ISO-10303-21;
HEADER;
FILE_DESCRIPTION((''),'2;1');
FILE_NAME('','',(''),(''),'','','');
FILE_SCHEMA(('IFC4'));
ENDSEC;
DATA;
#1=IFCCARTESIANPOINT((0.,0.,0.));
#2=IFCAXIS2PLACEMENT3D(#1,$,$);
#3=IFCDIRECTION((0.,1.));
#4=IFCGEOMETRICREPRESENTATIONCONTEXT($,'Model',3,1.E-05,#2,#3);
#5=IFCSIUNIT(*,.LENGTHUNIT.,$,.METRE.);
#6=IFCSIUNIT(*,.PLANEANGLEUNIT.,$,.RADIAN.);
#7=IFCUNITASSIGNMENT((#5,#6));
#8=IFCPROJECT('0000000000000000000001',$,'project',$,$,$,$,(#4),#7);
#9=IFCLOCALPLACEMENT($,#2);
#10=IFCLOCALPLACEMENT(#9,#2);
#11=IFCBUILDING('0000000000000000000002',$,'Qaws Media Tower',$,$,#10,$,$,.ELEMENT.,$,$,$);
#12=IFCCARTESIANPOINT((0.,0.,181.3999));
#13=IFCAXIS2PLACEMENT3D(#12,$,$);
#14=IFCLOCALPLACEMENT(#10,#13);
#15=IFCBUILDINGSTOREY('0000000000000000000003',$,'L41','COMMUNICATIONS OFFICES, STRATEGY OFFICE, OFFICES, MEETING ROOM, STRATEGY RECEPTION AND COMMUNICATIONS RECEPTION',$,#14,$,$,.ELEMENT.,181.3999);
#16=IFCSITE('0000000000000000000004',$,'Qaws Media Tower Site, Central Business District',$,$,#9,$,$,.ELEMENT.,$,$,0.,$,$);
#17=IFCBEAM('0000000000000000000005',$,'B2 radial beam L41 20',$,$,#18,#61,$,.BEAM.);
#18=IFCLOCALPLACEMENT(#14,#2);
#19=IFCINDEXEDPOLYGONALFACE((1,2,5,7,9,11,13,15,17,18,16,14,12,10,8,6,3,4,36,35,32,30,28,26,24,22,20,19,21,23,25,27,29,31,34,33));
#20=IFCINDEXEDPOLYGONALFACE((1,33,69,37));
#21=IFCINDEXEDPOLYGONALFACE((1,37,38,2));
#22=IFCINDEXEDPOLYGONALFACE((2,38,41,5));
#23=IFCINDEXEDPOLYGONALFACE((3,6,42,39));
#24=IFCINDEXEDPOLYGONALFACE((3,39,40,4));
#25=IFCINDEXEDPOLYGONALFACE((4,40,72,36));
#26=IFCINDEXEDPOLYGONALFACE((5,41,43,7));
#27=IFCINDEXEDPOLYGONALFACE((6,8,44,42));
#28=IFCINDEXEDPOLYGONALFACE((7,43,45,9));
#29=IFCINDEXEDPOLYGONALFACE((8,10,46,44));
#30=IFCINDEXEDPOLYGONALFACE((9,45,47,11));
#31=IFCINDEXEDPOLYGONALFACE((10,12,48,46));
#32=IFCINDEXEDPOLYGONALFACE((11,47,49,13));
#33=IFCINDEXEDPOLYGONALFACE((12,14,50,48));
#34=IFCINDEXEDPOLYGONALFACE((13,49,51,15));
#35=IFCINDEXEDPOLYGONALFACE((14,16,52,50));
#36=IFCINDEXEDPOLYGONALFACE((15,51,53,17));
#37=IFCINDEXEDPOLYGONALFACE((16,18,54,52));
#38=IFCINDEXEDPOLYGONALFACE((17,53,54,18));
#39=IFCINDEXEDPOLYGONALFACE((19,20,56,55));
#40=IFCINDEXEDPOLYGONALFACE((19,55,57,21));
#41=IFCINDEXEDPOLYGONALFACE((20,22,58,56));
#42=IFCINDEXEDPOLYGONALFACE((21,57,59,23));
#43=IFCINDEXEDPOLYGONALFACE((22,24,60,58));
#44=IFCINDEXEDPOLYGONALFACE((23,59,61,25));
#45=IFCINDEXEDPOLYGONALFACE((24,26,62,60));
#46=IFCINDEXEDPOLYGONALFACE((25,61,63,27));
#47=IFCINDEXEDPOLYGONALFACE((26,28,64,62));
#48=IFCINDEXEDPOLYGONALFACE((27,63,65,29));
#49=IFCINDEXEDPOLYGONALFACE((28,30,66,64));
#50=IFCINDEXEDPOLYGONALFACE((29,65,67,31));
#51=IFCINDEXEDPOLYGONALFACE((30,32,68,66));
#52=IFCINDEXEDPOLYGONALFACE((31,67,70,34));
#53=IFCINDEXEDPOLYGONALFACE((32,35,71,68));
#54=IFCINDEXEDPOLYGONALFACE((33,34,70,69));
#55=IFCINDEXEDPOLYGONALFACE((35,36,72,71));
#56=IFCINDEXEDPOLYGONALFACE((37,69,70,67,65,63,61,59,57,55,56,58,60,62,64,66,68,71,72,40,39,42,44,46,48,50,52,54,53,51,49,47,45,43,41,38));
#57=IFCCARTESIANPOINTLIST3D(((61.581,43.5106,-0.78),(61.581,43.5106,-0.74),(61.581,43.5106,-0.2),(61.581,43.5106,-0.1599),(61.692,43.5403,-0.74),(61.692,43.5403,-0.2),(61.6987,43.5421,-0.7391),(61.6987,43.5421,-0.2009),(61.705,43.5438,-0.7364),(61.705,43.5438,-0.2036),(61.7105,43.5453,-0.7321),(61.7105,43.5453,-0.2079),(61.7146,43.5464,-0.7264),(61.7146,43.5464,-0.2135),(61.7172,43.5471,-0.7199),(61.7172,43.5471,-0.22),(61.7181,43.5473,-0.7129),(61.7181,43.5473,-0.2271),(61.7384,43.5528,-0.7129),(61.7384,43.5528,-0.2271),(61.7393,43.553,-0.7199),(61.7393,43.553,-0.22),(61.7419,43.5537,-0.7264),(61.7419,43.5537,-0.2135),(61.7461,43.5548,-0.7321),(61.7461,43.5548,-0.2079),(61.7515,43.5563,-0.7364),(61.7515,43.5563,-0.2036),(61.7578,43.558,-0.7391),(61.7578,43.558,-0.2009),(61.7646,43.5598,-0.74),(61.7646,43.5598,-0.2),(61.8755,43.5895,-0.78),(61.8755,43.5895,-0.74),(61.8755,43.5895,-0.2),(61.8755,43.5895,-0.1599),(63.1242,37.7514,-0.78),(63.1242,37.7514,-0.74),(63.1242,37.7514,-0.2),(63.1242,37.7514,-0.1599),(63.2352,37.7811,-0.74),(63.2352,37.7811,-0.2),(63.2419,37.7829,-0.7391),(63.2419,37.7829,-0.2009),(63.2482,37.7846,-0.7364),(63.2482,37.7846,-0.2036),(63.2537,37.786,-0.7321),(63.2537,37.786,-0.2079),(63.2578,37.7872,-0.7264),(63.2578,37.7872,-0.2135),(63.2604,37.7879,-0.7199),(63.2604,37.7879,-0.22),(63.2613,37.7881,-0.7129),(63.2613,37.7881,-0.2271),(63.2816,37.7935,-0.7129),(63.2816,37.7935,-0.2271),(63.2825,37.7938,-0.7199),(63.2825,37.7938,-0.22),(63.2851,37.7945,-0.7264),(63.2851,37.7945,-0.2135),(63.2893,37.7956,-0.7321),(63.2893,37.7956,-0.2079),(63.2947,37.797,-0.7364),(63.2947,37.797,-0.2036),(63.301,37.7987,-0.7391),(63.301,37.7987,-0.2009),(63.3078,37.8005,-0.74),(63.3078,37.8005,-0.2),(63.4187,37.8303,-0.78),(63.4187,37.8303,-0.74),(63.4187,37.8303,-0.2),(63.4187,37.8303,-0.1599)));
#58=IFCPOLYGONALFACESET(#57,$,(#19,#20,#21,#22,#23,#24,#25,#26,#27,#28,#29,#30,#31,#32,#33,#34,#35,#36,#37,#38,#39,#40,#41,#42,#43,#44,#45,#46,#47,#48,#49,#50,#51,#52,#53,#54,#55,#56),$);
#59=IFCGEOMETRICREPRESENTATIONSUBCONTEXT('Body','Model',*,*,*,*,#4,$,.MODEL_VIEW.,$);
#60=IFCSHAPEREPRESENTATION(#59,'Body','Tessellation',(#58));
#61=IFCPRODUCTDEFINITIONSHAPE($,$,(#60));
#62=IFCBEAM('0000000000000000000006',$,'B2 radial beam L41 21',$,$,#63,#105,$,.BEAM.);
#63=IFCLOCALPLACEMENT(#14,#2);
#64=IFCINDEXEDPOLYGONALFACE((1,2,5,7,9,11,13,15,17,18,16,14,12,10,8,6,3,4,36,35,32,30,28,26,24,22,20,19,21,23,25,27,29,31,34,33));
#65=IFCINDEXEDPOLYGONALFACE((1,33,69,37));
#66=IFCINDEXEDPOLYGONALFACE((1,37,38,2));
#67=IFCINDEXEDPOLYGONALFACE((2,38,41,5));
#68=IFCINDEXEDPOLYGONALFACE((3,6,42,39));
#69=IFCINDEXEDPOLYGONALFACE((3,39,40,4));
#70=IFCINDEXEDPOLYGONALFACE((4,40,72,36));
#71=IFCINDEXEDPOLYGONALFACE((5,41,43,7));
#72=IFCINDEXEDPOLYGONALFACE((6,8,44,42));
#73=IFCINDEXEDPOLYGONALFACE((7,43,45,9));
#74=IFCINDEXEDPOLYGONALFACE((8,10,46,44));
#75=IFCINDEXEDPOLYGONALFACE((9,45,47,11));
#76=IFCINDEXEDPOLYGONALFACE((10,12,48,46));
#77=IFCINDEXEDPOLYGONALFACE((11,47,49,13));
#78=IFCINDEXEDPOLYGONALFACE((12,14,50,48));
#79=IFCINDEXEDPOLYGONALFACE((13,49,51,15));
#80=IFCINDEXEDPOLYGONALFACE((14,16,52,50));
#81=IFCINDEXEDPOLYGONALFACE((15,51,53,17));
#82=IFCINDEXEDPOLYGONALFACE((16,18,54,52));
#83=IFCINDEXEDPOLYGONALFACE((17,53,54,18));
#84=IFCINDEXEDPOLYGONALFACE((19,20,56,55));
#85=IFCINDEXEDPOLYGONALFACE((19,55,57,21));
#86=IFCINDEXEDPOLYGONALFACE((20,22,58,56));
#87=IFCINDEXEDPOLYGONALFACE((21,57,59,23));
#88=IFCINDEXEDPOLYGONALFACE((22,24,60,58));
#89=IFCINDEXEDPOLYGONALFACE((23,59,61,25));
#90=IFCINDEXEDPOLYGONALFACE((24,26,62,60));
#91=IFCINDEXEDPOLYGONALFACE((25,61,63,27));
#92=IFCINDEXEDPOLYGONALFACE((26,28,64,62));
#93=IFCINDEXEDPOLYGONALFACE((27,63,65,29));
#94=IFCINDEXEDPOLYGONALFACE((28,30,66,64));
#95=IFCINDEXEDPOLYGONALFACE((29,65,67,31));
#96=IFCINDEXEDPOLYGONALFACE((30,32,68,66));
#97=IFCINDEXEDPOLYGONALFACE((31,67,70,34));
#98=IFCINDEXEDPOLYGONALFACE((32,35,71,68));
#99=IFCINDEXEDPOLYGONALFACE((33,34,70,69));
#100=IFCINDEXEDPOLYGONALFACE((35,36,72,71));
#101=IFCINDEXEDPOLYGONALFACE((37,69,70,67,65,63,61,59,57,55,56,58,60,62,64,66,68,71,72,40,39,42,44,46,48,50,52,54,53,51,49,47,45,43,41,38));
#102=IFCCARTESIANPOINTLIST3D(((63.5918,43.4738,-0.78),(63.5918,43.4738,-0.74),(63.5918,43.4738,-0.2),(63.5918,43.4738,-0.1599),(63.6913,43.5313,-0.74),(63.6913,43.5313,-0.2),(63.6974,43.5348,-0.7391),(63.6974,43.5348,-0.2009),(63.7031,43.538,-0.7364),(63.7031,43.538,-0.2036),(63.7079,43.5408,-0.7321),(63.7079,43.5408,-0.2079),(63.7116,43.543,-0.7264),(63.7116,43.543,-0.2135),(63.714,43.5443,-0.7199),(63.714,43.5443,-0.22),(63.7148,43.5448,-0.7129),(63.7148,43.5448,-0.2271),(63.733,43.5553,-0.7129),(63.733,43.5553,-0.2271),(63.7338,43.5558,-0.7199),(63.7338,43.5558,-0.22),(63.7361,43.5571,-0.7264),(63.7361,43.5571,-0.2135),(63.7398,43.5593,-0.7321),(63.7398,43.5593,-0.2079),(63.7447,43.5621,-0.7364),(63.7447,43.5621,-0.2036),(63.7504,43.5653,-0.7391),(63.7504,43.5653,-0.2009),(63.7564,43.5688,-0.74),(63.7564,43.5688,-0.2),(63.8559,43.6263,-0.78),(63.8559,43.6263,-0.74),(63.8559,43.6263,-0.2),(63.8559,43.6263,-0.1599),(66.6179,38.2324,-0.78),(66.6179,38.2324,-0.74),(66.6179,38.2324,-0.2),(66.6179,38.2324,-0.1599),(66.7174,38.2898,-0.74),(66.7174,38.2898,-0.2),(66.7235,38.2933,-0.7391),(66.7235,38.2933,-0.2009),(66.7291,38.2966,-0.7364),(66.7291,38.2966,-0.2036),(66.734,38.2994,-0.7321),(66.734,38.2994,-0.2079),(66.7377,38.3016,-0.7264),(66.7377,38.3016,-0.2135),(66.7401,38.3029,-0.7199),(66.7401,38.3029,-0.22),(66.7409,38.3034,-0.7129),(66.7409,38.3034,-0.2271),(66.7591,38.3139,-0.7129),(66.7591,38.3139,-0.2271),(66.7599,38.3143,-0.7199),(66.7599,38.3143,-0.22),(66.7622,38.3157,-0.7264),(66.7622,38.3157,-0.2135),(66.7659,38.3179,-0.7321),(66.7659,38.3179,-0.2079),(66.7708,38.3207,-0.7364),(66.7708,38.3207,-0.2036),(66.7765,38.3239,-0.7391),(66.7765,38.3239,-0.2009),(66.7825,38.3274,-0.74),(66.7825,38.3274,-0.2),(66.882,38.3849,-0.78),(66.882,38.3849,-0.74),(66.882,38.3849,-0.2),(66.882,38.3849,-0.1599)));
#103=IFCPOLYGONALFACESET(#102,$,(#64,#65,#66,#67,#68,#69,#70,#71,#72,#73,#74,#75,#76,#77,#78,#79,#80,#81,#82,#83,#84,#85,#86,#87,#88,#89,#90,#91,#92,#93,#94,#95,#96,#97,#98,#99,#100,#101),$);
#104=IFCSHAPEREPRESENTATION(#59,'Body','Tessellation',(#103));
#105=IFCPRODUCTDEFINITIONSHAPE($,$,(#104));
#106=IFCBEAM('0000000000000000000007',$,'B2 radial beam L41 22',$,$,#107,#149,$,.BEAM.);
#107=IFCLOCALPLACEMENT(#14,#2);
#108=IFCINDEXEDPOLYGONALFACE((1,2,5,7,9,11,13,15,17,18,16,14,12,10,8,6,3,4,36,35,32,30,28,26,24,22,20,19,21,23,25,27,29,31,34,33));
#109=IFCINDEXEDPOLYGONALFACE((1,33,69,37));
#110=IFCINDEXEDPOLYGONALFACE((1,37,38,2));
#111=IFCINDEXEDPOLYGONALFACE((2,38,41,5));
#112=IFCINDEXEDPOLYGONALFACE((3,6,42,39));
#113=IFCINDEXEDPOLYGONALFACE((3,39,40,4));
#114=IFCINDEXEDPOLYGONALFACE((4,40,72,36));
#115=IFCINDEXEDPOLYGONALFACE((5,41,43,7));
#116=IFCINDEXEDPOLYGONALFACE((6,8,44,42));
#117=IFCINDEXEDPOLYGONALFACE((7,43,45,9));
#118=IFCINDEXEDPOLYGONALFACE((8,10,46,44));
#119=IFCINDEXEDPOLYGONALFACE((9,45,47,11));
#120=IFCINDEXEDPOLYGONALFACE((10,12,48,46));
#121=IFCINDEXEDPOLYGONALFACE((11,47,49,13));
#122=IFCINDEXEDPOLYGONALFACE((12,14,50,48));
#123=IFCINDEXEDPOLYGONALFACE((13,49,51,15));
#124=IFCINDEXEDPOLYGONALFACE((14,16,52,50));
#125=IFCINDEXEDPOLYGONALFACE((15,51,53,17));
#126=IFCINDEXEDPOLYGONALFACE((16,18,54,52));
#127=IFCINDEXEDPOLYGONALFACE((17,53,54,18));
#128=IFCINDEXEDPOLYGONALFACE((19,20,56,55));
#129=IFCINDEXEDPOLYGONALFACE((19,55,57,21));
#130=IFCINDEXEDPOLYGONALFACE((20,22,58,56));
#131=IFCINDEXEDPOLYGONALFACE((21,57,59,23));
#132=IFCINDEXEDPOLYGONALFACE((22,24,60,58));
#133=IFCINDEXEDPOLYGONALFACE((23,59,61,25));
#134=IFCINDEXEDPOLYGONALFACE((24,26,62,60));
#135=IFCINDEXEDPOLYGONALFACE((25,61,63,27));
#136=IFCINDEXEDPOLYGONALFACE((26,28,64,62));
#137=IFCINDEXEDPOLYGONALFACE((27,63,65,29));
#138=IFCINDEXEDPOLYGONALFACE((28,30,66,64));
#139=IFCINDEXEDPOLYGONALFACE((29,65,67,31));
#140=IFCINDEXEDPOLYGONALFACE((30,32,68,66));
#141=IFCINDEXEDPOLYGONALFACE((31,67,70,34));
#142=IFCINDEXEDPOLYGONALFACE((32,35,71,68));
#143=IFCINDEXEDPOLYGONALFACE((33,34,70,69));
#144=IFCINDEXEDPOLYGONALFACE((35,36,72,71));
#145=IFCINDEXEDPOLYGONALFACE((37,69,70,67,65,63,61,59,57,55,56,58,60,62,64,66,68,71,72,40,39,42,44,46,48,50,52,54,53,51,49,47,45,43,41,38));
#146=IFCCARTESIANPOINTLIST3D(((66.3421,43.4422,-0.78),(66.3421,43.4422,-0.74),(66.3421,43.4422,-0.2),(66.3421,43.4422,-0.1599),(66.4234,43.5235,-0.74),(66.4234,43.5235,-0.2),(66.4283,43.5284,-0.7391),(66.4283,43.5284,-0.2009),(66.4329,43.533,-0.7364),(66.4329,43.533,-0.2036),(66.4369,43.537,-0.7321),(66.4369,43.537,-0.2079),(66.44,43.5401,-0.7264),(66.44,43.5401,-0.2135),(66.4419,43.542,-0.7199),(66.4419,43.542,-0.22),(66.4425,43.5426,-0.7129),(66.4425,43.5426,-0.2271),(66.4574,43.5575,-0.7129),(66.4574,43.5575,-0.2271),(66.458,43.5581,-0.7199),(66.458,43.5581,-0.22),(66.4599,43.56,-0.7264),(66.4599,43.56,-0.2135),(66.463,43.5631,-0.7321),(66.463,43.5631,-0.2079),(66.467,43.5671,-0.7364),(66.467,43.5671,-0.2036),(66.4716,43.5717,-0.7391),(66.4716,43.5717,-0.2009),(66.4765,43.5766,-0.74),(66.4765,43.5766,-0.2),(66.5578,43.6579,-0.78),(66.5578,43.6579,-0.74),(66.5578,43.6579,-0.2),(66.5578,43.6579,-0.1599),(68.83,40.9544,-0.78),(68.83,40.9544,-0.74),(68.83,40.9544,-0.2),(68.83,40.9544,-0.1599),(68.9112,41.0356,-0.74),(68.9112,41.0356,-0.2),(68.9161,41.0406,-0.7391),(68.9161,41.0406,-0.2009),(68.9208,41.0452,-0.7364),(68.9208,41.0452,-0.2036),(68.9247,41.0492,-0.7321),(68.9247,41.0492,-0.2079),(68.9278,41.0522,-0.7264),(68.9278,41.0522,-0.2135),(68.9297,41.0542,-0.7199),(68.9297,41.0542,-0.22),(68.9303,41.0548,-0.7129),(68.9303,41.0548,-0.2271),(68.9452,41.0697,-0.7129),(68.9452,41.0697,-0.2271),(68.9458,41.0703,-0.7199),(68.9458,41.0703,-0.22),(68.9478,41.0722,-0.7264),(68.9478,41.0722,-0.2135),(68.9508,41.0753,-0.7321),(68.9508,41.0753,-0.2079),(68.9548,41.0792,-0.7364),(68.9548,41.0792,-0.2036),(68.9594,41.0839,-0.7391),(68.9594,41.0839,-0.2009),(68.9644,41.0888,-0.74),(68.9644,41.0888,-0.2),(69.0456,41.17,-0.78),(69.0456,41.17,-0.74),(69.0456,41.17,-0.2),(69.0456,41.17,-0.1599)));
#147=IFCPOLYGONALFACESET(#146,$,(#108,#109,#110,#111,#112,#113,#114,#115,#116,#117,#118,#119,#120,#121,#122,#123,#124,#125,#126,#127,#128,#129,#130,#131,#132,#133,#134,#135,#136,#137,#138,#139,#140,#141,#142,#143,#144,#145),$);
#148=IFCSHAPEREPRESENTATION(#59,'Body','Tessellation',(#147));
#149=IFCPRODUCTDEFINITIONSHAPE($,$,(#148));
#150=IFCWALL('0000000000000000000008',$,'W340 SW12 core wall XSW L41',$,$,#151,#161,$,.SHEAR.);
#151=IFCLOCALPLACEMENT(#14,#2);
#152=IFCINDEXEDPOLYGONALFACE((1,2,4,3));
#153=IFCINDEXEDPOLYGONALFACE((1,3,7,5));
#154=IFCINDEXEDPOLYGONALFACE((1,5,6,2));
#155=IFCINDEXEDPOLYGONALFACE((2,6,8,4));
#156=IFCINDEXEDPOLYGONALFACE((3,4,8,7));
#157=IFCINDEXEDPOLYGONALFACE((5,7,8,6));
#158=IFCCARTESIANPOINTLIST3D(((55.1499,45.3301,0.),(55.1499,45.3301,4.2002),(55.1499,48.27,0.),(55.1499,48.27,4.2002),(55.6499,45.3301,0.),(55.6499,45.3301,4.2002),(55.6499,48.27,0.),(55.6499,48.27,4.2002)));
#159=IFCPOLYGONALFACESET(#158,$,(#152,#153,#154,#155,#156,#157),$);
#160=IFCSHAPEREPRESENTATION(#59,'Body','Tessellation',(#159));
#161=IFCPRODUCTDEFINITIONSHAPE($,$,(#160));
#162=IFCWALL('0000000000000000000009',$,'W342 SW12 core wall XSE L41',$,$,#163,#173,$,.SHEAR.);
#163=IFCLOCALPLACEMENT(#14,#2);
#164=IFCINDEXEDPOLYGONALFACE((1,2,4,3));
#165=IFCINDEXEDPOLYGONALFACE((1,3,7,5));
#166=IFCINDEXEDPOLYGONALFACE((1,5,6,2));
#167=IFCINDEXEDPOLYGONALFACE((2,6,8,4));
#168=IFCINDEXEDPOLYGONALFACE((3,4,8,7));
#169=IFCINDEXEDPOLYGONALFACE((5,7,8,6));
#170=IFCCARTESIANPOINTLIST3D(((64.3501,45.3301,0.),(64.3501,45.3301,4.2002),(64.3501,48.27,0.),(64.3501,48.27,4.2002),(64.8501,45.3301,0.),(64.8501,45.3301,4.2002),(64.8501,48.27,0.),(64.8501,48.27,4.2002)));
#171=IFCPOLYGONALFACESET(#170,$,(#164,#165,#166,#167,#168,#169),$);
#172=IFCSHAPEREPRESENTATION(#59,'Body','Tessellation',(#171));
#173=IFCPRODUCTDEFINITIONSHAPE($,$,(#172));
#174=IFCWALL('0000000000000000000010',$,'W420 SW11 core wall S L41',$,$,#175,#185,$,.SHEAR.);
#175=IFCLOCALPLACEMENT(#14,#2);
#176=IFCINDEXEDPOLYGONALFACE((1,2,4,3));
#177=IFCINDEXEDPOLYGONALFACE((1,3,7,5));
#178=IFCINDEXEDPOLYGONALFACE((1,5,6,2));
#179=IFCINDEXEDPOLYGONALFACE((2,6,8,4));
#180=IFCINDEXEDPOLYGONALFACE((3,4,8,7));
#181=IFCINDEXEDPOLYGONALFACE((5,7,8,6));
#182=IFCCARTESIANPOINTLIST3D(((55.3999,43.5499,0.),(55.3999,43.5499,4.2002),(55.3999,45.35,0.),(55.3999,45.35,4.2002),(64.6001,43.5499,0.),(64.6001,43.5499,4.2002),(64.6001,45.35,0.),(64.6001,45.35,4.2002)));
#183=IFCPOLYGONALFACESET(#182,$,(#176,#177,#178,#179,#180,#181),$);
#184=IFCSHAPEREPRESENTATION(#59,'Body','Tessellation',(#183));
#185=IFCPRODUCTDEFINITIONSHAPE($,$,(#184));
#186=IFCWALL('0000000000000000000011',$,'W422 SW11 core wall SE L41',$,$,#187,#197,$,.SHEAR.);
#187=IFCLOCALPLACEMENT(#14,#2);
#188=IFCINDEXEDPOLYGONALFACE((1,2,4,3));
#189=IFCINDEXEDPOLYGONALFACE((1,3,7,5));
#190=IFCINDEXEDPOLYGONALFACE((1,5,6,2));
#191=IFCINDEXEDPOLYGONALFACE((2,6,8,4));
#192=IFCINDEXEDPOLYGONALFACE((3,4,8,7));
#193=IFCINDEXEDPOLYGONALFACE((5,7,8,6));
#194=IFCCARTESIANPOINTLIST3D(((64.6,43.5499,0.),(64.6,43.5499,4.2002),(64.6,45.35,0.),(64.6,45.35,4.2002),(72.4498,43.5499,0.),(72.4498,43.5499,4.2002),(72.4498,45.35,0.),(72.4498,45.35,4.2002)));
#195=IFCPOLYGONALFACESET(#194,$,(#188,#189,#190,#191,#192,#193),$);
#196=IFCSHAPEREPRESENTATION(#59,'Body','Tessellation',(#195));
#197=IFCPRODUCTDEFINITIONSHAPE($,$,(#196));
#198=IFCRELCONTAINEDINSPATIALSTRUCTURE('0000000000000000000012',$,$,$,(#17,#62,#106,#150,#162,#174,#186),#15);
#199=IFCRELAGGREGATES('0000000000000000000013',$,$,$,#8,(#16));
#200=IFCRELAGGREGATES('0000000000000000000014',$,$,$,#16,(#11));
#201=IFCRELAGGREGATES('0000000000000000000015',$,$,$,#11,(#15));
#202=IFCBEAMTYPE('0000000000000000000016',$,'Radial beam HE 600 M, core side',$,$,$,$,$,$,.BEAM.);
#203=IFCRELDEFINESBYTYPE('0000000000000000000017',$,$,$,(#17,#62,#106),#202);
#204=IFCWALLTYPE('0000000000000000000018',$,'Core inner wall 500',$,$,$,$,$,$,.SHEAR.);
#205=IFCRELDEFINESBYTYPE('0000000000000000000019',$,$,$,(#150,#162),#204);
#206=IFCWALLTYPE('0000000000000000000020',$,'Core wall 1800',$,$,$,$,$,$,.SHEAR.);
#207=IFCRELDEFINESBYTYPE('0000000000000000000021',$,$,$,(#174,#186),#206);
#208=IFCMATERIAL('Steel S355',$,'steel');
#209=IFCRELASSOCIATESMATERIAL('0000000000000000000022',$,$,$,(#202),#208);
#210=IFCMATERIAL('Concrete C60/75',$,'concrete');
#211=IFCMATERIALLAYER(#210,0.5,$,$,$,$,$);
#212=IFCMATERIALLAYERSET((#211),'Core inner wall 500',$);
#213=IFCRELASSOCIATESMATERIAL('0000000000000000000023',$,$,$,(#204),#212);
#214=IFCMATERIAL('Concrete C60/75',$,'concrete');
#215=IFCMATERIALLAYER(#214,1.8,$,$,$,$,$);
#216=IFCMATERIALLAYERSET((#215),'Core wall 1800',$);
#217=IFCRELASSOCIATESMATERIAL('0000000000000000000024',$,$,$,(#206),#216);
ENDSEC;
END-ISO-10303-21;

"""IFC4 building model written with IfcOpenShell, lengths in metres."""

from ifc_helpers import new_model, si_unit, direction, frame, frame_2d, origin, origin_2d, place, context, subcontext, project, spatial, rectangle, i_section, extrude, material, layer, layer_set, material_profile, profile_set, type_object, element, save


model = new_model("IFC4")

# Units and contexts
model_context = context("Model", 3, precision=1e-05, world=origin(), true_north=direction((0.0, 1.0)))
body_context = subcontext(model_context, "Body", "Model", "MODEL_VIEW")
ifc_project = project(units=[si_unit("LENGTHUNIT", "METRE"), si_unit("PLANEANGLEUNIT", "RADIAN")], contexts=[model_context])

# Site, building, storey
site_placement = place(None, origin())
site = spatial("IfcSite", under=ifc_project, at=site_placement, Name="Qaws Media Tower Site, Central Business District", CompositionType="ELEMENT", RefElevation=0.0)
building_placement = place(site_placement, origin())
building = spatial("IfcBuilding", under=site, at=building_placement, Name="Qaws Media Tower", CompositionType="ELEMENT")
storey_placement = place(building_placement, frame((0.0, 0.0, 181.3999)))
storey = spatial("IfcBuildingStorey", under=building, at=storey_placement, Name="L41", Description="COMMUNICATIONS OFFICES, STRATEGY OFFICE, OFFICES, MEETING ROOM, STRATEGY RECEPTION AND COMMUNICATIONS RECEPTION", CompositionType="ELEMENT", Elevation=181.3999)

# Beams
ifc_material_1 = material(Name="Steel S355", Category="steel")
ifc_material_profile_1 = material_profile(ifc_material_1, i_section(OverallWidth=0.3049, OverallDepth=0.6201, WebThickness=0.021, FlangeThickness=0.04, FilletRadius=0.0271, at=origin_2d()), Name="HE 600 M")
ifc_profile_set_1 = profile_set([ifc_material_profile_1], Name="Steel S355")
beam_type_1 = type_object("IfcBeamType", Name="Radial beam HE 600 M, core side", PredefinedType="BEAM", material=ifc_profile_set_1)
beam_1_placement = place(storey_placement, frame((61.7283, 43.55, -0.47), z_axis=(0.258822, -0.965925, 0.0), x_axis=(0.965925, 0.258822, 0.0)))
element("IfcBeam", 1, at=beam_1_placement, inside=storey, type_object=beam_type_1, Name="B2 radial beam L41 20", PredefinedType="BEAM", context=body_context, shape_type="SweptSolid", body=[
    extrude(i_section(OverallWidth=0.3049, OverallDepth=0.6201, WebThickness=0.021, FlangeThickness=0.04, FilletRadius=0.0271, at=origin_2d()), origin(), (0.0, 0.0, 1.0), 5.9624),
])
beam_2_placement = place(storey_placement, frame((63.7239, 43.55, -0.47), z_axis=(0.499996, -0.866028, 0.0), x_axis=(0.866028, 0.499996, 0.0)))
element("IfcBeam", 2, at=beam_2_placement, inside=storey, type_object=beam_type_1, Name="B2 radial beam L41 21", PredefinedType="BEAM", context=body_context, shape_type="SweptSolid", body=[
    extrude(i_section(OverallWidth=0.3049, OverallDepth=0.6201, WebThickness=0.021, FlangeThickness=0.04, FilletRadius=0.0271, at=origin_2d()), origin(), (0.0, 0.0, 1.0), 6.0522),
])
beam_3_placement = place(storey_placement, frame((66.45, 43.55, -0.47), z_axis=(0.707107, -0.707107, 0.0), x_axis=(0.707107, 0.707107, 0.0)))
element("IfcBeam", 3, at=beam_3_placement, inside=storey, type_object=beam_type_1, Name="B2 radial beam L41 22", PredefinedType="BEAM", context=body_context, shape_type="SweptSolid", body=[
    extrude(i_section(OverallWidth=0.3049, OverallDepth=0.6201, WebThickness=0.021, FlangeThickness=0.04, FilletRadius=0.0271, at=origin_2d()), origin(), (0.0, 0.0, 1.0), 3.5183),
])

# Walls
ifc_material_2 = material(Name="Concrete C60/75", Category="concrete")
ifc_layer_1 = layer(ifc_material_2, 0.5)
ifc_layer_set_1 = layer_set([ifc_layer_1], Name="Core inner wall 500")
wall_type_1 = type_object("IfcWallType", Name="Core inner wall 500", PredefinedType="SHEAR", material=ifc_layer_set_1)
for number, where, z_axis, x_axis, name in (
    (4, (55.3999, 48.27, 0.0), (0.0, 0.0, 1.0), (0.0, -1.0, 0.0), "W340 SW12 core wall XSW L41"),
    (5, (64.6001, 48.27, 0.0), (0.0, 0.0, 1.0), (0.0, -1.0, 0.0), "W342 SW12 core wall XSE L41"),
):
    element("IfcWall", number, at=place(storey_placement, frame(where, z_axis=z_axis, x_axis=x_axis)), inside=storey, type_object=wall_type_1, Name=name, PredefinedType="SHEAR", context=body_context, shape_type="SweptSolid", body=[
        extrude(rectangle(XDim=2.9399, YDim=0.5, at=frame_2d((1.47, 0.0))), origin(), (0.0, 0.0, 1.0), 4.2002),
    ])
ifc_material_3 = material(Name="Concrete C60/75", Category="concrete")
ifc_layer_2 = layer(ifc_material_3, 1.8)
ifc_layer_set_2 = layer_set([ifc_layer_2], Name="Core wall 1800")
wall_type_2 = type_object("IfcWallType", Name="Core wall 1800", PredefinedType="SHEAR", material=ifc_layer_set_2)
wall_1_placement = place(storey_placement, frame((55.3999, 44.45, 0.0), z_axis=(0.0, 0.0, 1.0), x_axis=(1.0, 0.0, 0.0)))
element("IfcWall", 6, at=wall_1_placement, inside=storey, type_object=wall_type_2, Name="W420 SW11 core wall S L41", PredefinedType="SHEAR", context=body_context, shape_type="SweptSolid", body=[
    extrude(rectangle(XDim=9.2002, YDim=1.8, at=frame_2d((4.6001, 0.0))), origin(), (0.0, 0.0, 1.0), 4.2002),
])
wall_2_placement = place(storey_placement, frame((64.6001, 44.45, 0.0), z_axis=(0.0, 0.0, 1.0), x_axis=(1.0, 0.0, 0.0)))
element("IfcWall", 7, at=wall_2_placement, inside=storey, type_object=wall_type_2, Name="W422 SW11 core wall SE L41", PredefinedType="SHEAR", context=body_context, shape_type="SweptSolid", body=[
    extrude(rectangle(XDim=7.8499, YDim=1.8, at=frame_2d((3.9248, 0.0))), origin(), (0.0, 0.0, 1.0), 4.2002),
])

save(model, "model.ifc")
